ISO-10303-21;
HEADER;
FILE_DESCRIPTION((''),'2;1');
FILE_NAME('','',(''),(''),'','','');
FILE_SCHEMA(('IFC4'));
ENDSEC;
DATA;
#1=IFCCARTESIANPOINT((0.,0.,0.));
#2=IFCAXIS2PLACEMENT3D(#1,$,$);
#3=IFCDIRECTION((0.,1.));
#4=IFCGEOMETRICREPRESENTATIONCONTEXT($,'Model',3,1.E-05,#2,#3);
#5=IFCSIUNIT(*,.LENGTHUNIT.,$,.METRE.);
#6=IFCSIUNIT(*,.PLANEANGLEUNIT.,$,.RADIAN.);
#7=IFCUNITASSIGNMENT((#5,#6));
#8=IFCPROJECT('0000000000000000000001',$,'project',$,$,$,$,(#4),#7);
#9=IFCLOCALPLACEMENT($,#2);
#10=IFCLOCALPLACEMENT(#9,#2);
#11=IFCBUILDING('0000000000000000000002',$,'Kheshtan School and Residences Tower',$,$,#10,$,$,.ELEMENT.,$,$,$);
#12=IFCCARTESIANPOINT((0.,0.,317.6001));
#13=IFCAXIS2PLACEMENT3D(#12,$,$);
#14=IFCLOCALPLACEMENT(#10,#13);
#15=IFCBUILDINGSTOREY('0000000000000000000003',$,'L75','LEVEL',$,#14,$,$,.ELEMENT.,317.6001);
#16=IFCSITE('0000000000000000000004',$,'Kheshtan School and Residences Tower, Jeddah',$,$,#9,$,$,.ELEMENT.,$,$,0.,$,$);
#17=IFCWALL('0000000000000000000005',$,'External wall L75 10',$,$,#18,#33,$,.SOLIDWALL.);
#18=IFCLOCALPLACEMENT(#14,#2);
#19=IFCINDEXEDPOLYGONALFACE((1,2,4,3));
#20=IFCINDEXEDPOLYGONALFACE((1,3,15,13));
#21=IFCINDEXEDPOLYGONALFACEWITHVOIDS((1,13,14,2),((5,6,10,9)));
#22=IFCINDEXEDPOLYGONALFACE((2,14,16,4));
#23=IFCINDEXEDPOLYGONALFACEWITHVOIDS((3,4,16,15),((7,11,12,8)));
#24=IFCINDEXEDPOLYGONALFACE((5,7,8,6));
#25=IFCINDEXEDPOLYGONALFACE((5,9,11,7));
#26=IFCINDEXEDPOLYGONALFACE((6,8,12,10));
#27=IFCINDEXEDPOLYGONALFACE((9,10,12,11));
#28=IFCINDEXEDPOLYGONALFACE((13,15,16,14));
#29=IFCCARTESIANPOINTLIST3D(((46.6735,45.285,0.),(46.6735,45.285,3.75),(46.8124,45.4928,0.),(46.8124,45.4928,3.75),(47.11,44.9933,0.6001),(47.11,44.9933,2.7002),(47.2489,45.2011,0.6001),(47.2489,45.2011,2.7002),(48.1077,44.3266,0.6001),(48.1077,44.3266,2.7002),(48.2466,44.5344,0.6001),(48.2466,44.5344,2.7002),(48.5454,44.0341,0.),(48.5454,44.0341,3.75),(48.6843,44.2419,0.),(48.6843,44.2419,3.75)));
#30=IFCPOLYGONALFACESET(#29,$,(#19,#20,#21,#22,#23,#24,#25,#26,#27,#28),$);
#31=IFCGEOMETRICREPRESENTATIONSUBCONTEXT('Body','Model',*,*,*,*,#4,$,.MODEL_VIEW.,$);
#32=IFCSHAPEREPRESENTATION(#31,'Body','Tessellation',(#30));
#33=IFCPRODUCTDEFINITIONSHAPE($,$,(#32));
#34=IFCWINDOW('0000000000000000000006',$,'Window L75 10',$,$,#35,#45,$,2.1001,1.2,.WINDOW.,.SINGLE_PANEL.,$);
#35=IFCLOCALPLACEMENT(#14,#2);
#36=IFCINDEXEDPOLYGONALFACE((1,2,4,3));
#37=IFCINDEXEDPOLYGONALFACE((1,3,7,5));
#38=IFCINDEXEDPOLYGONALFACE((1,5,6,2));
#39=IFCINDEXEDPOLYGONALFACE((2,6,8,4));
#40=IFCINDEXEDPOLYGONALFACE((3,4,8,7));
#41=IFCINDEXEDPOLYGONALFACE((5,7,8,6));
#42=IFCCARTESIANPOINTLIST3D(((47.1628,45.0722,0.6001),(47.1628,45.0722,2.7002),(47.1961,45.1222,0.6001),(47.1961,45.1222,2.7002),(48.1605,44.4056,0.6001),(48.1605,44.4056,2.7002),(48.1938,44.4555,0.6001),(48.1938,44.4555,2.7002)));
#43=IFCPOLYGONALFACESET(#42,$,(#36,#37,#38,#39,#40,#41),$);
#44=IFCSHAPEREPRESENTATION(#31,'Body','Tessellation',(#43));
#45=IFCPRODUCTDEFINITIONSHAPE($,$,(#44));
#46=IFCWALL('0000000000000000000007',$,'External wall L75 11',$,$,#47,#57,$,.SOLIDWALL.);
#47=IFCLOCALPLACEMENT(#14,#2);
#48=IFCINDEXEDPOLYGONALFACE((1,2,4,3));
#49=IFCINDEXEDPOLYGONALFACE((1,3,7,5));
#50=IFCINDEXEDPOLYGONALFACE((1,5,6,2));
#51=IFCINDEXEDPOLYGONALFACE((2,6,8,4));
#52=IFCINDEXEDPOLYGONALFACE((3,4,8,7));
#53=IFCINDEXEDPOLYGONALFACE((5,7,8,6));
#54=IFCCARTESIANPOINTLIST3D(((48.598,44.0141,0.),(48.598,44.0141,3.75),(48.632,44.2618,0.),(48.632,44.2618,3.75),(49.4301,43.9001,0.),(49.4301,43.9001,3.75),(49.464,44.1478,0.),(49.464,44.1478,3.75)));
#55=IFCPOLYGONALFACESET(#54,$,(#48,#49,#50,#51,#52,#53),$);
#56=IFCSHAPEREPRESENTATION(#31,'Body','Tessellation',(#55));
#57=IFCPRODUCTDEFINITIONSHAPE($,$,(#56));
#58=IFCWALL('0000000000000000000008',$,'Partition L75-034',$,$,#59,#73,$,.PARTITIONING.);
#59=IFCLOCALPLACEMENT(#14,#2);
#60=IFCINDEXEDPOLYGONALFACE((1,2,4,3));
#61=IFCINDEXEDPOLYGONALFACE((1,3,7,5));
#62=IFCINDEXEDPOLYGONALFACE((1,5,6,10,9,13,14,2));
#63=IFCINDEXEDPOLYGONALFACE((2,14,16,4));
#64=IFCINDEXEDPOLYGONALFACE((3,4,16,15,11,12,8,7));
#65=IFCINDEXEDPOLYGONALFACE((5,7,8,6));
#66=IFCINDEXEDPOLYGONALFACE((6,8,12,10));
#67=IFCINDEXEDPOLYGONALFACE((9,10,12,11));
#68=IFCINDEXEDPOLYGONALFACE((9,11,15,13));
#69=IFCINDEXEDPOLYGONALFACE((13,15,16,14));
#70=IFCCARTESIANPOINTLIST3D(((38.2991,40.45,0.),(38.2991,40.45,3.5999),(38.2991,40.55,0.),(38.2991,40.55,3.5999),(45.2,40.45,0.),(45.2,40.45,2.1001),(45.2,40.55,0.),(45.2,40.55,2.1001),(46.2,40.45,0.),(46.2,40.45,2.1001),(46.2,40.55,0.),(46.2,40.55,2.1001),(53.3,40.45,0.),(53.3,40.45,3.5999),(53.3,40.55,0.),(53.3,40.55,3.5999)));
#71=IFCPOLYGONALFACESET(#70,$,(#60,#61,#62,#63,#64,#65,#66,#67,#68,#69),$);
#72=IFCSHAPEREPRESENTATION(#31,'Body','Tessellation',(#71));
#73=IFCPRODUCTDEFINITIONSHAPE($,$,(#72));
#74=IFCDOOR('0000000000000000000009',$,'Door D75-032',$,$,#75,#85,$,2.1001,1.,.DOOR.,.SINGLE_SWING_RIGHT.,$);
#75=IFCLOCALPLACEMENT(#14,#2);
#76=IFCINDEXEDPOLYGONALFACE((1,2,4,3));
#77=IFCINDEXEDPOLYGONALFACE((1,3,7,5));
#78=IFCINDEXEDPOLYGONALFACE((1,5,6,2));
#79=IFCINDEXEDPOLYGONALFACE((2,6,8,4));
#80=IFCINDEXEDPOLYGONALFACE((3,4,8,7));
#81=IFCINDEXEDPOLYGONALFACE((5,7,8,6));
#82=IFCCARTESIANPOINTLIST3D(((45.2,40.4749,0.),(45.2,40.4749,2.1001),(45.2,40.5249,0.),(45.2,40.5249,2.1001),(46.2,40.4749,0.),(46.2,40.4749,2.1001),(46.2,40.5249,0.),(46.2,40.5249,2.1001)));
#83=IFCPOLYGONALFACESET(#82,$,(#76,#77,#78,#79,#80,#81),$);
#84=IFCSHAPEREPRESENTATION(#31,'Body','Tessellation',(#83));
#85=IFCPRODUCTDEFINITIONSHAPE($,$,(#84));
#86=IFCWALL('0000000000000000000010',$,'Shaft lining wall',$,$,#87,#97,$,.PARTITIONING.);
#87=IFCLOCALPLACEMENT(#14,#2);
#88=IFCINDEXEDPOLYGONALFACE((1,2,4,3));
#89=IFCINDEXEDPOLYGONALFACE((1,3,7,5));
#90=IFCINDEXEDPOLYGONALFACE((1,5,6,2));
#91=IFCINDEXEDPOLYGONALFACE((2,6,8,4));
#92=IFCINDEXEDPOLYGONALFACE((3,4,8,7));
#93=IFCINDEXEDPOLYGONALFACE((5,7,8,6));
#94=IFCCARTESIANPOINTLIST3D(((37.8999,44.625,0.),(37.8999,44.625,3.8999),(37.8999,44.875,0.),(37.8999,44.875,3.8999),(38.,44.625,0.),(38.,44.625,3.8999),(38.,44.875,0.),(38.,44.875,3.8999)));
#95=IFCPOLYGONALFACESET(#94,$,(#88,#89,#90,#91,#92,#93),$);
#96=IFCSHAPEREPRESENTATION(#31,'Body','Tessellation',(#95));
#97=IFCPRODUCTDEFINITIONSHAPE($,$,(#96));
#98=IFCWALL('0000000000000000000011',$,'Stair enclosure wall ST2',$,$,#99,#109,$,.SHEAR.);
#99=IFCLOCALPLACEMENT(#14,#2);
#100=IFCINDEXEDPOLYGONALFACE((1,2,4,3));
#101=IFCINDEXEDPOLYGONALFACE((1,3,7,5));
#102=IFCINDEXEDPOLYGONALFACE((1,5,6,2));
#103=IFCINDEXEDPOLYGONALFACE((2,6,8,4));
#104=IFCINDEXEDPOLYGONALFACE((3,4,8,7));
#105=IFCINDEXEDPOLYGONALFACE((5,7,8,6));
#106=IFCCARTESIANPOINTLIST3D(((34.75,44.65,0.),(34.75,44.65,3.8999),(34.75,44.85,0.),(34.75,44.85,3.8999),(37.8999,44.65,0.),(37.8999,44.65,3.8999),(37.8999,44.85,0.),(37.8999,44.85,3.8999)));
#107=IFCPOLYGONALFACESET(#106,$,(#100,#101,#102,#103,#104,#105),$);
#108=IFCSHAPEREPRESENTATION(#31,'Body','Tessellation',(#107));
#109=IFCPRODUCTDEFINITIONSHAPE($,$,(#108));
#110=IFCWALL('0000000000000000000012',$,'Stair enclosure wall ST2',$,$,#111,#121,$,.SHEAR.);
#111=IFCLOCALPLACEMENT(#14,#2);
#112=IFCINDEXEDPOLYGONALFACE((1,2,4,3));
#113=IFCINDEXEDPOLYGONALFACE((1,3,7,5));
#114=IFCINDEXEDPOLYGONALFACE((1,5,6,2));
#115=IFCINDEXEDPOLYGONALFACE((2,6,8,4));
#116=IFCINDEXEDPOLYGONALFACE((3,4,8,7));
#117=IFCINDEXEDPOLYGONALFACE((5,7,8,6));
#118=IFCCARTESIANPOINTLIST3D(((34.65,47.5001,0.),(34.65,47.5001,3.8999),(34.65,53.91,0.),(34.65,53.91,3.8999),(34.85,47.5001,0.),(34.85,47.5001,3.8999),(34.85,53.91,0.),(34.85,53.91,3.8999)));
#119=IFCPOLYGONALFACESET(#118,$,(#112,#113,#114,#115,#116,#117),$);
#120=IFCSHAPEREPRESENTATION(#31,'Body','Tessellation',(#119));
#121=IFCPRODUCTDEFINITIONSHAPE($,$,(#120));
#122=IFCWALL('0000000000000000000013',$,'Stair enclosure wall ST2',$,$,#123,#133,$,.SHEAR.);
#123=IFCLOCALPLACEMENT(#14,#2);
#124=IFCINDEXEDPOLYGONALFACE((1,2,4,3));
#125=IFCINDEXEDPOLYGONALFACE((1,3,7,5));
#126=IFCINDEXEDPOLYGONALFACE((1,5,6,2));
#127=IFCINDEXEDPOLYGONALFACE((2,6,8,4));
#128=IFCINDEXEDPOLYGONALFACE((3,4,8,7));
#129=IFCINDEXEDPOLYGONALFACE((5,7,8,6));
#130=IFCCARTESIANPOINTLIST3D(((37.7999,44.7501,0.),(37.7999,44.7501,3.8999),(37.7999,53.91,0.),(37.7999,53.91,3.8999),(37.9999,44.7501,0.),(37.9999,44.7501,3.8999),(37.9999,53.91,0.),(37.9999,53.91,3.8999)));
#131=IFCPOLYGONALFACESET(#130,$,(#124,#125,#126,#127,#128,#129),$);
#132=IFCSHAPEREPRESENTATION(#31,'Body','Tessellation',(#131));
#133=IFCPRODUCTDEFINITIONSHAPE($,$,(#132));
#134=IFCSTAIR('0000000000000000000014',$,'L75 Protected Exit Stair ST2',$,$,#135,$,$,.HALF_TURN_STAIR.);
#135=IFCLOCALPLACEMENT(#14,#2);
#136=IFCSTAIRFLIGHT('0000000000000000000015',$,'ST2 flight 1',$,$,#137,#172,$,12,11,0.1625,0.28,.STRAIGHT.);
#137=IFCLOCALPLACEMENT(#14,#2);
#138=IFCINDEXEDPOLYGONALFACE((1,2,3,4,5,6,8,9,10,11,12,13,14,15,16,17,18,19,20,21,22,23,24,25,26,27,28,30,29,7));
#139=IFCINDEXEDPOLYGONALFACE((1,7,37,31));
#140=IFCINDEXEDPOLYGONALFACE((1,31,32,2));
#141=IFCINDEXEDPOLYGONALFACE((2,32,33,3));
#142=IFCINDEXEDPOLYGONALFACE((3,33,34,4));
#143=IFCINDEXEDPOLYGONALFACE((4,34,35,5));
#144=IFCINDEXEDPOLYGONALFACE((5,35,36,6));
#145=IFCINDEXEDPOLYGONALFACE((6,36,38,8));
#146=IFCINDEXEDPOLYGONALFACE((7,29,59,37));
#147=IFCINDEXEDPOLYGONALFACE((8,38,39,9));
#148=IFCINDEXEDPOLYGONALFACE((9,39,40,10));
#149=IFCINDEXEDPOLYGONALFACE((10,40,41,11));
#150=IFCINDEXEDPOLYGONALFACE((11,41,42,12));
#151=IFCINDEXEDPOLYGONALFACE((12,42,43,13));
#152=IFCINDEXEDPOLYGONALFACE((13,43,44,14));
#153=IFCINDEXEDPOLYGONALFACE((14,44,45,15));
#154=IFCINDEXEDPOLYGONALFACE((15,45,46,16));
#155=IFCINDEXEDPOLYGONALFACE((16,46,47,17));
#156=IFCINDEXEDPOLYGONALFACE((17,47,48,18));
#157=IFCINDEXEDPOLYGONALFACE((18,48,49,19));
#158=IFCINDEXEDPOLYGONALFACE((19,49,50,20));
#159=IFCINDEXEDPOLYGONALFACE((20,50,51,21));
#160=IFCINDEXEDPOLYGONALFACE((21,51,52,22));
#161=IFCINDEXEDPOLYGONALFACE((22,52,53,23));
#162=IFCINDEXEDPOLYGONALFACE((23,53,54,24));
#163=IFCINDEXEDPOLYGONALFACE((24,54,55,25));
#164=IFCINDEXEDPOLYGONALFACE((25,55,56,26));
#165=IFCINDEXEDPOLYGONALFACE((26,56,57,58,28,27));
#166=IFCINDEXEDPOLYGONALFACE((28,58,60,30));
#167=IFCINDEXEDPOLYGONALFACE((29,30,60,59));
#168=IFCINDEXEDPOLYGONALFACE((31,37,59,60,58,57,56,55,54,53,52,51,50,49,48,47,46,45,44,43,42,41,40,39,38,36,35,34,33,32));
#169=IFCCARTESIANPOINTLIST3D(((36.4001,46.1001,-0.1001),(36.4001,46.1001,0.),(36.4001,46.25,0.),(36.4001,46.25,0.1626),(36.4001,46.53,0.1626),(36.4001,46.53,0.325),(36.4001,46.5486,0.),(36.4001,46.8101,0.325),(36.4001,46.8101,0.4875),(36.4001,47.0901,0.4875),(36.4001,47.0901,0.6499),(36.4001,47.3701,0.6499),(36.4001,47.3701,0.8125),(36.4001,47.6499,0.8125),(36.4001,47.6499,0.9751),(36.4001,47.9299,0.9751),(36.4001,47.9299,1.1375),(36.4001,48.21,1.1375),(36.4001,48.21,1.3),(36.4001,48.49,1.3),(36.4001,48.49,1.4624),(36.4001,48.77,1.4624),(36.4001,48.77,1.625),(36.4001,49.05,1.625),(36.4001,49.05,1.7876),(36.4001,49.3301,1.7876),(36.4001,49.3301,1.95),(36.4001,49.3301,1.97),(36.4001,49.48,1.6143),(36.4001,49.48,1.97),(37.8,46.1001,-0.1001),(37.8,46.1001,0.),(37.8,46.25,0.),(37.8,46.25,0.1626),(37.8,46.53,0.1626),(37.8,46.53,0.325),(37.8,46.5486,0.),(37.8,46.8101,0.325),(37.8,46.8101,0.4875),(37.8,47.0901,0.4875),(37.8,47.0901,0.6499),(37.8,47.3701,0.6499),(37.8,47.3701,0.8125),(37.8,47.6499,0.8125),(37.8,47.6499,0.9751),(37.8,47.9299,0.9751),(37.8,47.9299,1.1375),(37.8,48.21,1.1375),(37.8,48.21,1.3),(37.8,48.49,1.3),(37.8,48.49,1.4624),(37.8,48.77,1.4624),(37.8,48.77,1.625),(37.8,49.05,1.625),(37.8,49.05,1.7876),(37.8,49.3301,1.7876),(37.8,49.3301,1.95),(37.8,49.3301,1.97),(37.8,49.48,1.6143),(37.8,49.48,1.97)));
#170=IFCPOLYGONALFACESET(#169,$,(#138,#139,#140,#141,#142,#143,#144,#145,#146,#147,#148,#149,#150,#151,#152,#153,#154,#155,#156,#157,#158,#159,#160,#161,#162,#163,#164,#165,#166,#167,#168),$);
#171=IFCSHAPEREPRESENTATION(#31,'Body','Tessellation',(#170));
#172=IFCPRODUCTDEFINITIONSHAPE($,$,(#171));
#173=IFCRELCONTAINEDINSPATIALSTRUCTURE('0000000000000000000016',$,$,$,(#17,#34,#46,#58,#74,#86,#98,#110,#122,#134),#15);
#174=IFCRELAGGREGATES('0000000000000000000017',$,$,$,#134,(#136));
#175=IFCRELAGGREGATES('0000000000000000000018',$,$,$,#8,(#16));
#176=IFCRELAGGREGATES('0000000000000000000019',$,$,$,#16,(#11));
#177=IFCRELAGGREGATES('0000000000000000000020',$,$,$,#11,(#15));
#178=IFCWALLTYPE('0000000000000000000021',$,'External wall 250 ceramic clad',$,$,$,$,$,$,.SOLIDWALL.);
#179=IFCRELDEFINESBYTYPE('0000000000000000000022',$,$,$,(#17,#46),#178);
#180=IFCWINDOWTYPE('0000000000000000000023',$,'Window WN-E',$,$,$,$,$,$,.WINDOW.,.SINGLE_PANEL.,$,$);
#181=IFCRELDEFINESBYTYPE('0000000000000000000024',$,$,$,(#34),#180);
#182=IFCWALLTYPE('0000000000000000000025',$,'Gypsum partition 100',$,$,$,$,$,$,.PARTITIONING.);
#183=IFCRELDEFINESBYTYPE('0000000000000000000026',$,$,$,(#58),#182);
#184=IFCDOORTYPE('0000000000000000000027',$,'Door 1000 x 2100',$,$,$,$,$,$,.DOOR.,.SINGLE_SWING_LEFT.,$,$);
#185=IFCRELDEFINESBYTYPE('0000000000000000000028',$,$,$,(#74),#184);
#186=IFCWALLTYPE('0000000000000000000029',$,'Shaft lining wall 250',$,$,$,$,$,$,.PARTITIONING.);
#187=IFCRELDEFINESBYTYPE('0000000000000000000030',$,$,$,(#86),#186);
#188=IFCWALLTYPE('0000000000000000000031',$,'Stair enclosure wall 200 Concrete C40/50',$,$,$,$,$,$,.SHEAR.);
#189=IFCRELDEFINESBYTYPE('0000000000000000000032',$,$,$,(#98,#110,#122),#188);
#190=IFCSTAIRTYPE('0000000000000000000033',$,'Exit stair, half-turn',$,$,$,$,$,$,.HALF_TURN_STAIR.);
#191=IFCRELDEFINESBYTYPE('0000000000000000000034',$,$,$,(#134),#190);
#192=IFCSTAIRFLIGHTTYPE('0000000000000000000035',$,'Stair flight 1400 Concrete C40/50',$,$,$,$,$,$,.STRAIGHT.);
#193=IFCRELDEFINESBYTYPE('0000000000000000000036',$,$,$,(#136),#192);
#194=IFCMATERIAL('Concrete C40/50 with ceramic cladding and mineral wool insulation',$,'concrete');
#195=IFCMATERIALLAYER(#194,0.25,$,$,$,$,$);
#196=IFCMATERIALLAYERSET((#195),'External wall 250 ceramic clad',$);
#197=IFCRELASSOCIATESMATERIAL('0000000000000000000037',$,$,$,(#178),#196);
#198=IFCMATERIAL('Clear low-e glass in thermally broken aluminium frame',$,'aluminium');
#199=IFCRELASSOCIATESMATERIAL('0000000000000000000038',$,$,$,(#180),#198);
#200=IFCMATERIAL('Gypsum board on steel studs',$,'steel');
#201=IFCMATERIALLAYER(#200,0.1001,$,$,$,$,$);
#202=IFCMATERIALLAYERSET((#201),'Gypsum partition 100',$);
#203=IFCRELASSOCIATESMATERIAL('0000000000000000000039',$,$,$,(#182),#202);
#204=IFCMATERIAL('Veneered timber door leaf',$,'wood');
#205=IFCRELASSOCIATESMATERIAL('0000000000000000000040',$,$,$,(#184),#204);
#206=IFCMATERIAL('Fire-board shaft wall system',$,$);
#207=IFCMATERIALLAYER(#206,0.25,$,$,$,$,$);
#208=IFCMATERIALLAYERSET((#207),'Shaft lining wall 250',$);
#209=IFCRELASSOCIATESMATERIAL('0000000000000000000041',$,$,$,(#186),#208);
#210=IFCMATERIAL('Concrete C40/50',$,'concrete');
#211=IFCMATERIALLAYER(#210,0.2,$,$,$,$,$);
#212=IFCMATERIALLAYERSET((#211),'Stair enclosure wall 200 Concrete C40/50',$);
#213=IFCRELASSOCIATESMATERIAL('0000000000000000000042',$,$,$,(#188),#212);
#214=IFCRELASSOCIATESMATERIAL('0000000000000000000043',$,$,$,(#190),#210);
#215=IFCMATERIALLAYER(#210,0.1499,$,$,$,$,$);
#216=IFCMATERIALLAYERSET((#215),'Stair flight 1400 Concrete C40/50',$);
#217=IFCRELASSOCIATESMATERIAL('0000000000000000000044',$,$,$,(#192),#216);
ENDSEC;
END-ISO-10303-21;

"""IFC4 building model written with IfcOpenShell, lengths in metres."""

from ifc_helpers import new_model, si_unit, direction, frame, frame_2d, origin, place, context, subcontext, project, spatial, polyline, rectangle, outline, extrude, source, transform, mapped, material, layer, layer_set, type_object, element, fill, aggregate, save


model = new_model("IFC4")

# Units and contexts
model_context = context("Model", 3, precision=1e-05, world=origin(), true_north=direction((0.0, 1.0)))
body_context = subcontext(model_context, "Body", "Model", "MODEL_VIEW")
ifc_project = project(units=[si_unit("LENGTHUNIT", "METRE"), si_unit("PLANEANGLEUNIT", "RADIAN")], contexts=[model_context])

# Site, building, storey
site_placement = place(None, origin())
site = spatial("IfcSite", under=ifc_project, at=site_placement, Name="Kheshtan School and Residences Tower, Jeddah", CompositionType="ELEMENT", RefElevation=0.0)
building_placement = place(site_placement, origin())
building = spatial("IfcBuilding", under=site, at=building_placement, Name="Kheshtan School and Residences Tower", CompositionType="ELEMENT")
storey_placement = place(building_placement, frame((0.0, 0.0, 317.6001)))
storey = spatial("IfcBuildingStorey", under=building, at=storey_placement, Name="L75", Description="LEVEL", CompositionType="ELEMENT", Elevation=317.6001)

# Shared definitions
ifc_material_1 = material(Name="Clear low-e glass in thermally broken aluminium frame", Category="aluminium")

# Wall, opening, window
ifc_material_2 = material(Name="Concrete C40/50 with ceramic cladding and mineral wool insulation", Category="concrete")
ifc_layer_1 = layer(ifc_material_2, 0.25)
ifc_layer_set_1 = layer_set([ifc_layer_1], Name="External wall 250 ceramic clad")
wall_type_1 = type_object("IfcWallType", Name="External wall 250 ceramic clad", PredefinedType="SOLIDWALL", material=ifc_layer_set_1)
window_type = type_object("IfcWindowType", Name="Window WN-E", PartitioningType="SINGLE_PANEL", PredefinedType="WINDOW", material=ifc_material_1)
shared_shape_1 = source(origin(), body_context, "Body", "SweptSolid", [
    extrude(rectangle(XDim=1.2, YDim=2.1001, at=frame_2d((0.6001, 1.05))), frame((0.0, 0.03, 0.0), z_axis=(0.0, -1.0, 0.0), x_axis=(1.0, 0.0, 0.0)), (0.0, 0.0, 1.0), 0.0601),
])
wall_1_placement = place(storey_placement, frame((46.7429, 45.3889, 0.0), z_axis=(0.0, 0.0, 1.0), x_axis=(0.831449, -0.555601, 0.0)))
wall_1 = element("IfcWall", 1, at=wall_1_placement, inside=storey, type_object=wall_type_1, Name="External wall L75 10", PredefinedType="SOLIDWALL", context=body_context, shape_type="SweptSolid", body=[
    extrude(rectangle(XDim=2.2515, YDim=0.25, at=frame_2d((1.1257, 0.0))), origin(), (0.0, 0.0, 1.0), 3.75),
])
opening_1_placement = place(wall_1_placement, frame((0.5249, 0.0, 0.6001)))
opening_1 = element("IfcOpeningElement", 2, at=opening_1_placement, cuts=wall_1, PredefinedType="OPENING", context=body_context, shape_type="SweptSolid", body=[
    extrude(rectangle(XDim=1.2, YDim=2.1001, at=frame_2d((0.6001, 1.05))), frame((0.0, 0.135, 0.0), z_axis=(0.0, -1.0, 0.0), x_axis=(1.0, 0.0, 0.0)), (0.0, 0.0, 1.0), 0.27),
])
window_1_placement = place(opening_1_placement, origin())
window_1 = element("IfcWindow", 3, at=window_1_placement, inside=storey, type_object=window_type, Name="Window L75 10", OverallHeight=2.1001, OverallWidth=1.2, PartitioningType="SINGLE_PANEL", PredefinedType="WINDOW", context=body_context, shape_type="MappedRepresentation", body=[
    mapped(shared_shape_1, transform((0.0, 0.0, 0.0), x_axis=(1.0, 0.0, 0.0), y_axis=(0.0, 1.0, 0.0), z_axis=(0.0, 0.0, 1.0), scale=1.0)),
])
fill(opening_1, window_1)

# Wall
wall_2_placement = place(storey_placement, frame((48.615, 44.1379, 0.0), z_axis=(0.0, 0.0, 1.0), x_axis=(0.990742, -0.135762, 0.0)))
element("IfcWall", 4, at=wall_2_placement, inside=storey, type_object=wall_type_1, Name="External wall L75 11", PredefinedType="SOLIDWALL", context=body_context, shape_type="SweptSolid", body=[
    extrude(rectangle(XDim=0.8398, YDim=0.25, at=frame_2d((0.4199, 0.0))), origin(), (0.0, 0.0, 1.0), 3.75),
])

# Wall, opening, door
ifc_material_3 = material(Name="Gypsum board on steel studs", Category="steel")
ifc_layer_2 = layer(ifc_material_3, 0.1001)
ifc_layer_set_2 = layer_set([ifc_layer_2], Name="Gypsum partition 100")
wall_type_2 = type_object("IfcWallType", Name="Gypsum partition 100", PredefinedType="PARTITIONING", material=ifc_layer_set_2)
wall_3_placement = place(storey_placement, frame((38.2991, 40.5, 0.0), z_axis=(0.0, 0.0, 1.0), x_axis=(1.0, 0.0, 0.0)))
wall_3 = element("IfcWall", 5, at=wall_3_placement, inside=storey, type_object=wall_type_2, Name="Partition L75-034", PredefinedType="PARTITIONING", context=body_context, shape_type="SweptSolid", body=[
    extrude(rectangle(XDim=15.001, YDim=0.1001, at=frame_2d((7.5005, 0.0))), origin(), (0.0, 0.0, 1.0), 3.5999),
])
opening_2_placement = place(wall_3_placement, frame((6.9009, 0.0, 0.0)))
opening_2 = element("IfcOpeningElement", 6, at=opening_2_placement, cuts=wall_3, PredefinedType="OPENING", context=body_context, shape_type="SweptSolid", body=[
    extrude(rectangle(XDim=1.0, YDim=2.1001, at=frame_2d((0.5, 1.05))), frame((0.0, 0.0601, 0.0), z_axis=(0.0, -1.0, 0.0), x_axis=(1.0, 0.0, 0.0)), (0.0, 0.0, 1.0), 0.1201),
])
ifc_material_4 = material(Name="Veneered timber door leaf", Category="wood")
door_type = type_object("IfcDoorType", Name="Door 1000 x 2100", OperationType="SINGLE_SWING_LEFT", PredefinedType="DOOR", material=ifc_material_4)
shared_shape_2 = source(origin(), body_context, "Body", "SweptSolid", [
    extrude(rectangle(XDim=1.0, YDim=2.1001, at=frame_2d((0.5, 1.05))), frame((0.0, 0.0249, 0.0), z_axis=(0.0, -1.0, 0.0), x_axis=(1.0, 0.0, 0.0)), (0.0, 0.0, 1.0), 0.05),
])
door_placement = place(opening_2_placement, origin())
door = element("IfcDoor", 7, at=door_placement, inside=storey, type_object=door_type, Name="Door D75-032", OperationType="SINGLE_SWING_RIGHT", OverallHeight=2.1001, OverallWidth=1.0, PredefinedType="DOOR", context=body_context, shape_type="MappedRepresentation", body=[
    mapped(shared_shape_2, transform((0.0, 0.0, 0.0), x_axis=(1.0, 0.0, 0.0), y_axis=(0.0, 1.0, 0.0), z_axis=(0.0, 0.0, 1.0), scale=1.0)),
])
fill(opening_2, door)

# Walls
ifc_material_5 = material(Name="Fire-board shaft wall system")
ifc_layer_3 = layer(ifc_material_5, 0.25)
ifc_layer_set_3 = layer_set([ifc_layer_3], Name="Shaft lining wall 250")
wall_type_3 = type_object("IfcWallType", Name="Shaft lining wall 250", PredefinedType="PARTITIONING", material=ifc_layer_set_3)
wall_4_placement = place(storey_placement, frame((37.8999, 44.75, 0.0), z_axis=(0.0, 0.0, 1.0), x_axis=(1.0, 0.0, 0.0)))
element("IfcWall", 8, at=wall_4_placement, inside=storey, type_object=wall_type_3, Name="Shaft lining wall", PredefinedType="PARTITIONING", context=body_context, shape_type="SweptSolid", body=[
    extrude(rectangle(XDim=0.1001, YDim=0.25, at=frame_2d((0.05, 0.0))), origin(), (0.0, 0.0, 1.0), 3.8999),
])
ifc_material_6 = material(Name="Concrete C40/50", Category="concrete")
ifc_layer_4 = layer(ifc_material_6, 0.2)
ifc_layer_set_4 = layer_set([ifc_layer_4], Name="Stair enclosure wall 200 Concrete C40/50")
wall_type_4 = type_object("IfcWallType", Name="Stair enclosure wall 200 Concrete C40/50", PredefinedType="SHEAR", material=ifc_layer_set_4)
wall_5_placement = place(storey_placement, frame((34.75, 44.75, 0.0), z_axis=(0.0, 0.0, 1.0), x_axis=(1.0, 0.0, 0.0)))
element("IfcWall", 9, at=wall_5_placement, inside=storey, type_object=wall_type_4, Name="Stair enclosure wall ST2", PredefinedType="SHEAR", context=body_context, shape_type="SweptSolid", body=[
    extrude(rectangle(XDim=3.1499, YDim=0.2, at=frame_2d((1.575, 0.0))), origin(), (0.0, 0.0, 1.0), 3.8999),
])
wall_6_placement = place(storey_placement, frame((34.75, 47.5, 0.0), z_axis=(0.0, 0.0, 1.0), x_axis=(0.0, 1.0, 0.0)))
element("IfcWall", 10, at=wall_6_placement, inside=storey, type_object=wall_type_4, Name="Stair enclosure wall ST2", PredefinedType="SHEAR", context=body_context, shape_type="SweptSolid", body=[
    extrude(rectangle(XDim=6.4099, YDim=0.2, at=frame_2d((3.2051, 0.0))), origin(), (0.0, 0.0, 1.0), 3.8999),
])
wall_7_placement = place(storey_placement, frame((37.8999, 44.75, 0.0), z_axis=(0.0, 0.0, 1.0), x_axis=(0.0, 1.0, 0.0)))
element("IfcWall", 11, at=wall_7_placement, inside=storey, type_object=wall_type_4, Name="Stair enclosure wall ST2", PredefinedType="SHEAR", context=body_context, shape_type="SweptSolid", body=[
    extrude(rectangle(XDim=9.1599, YDim=0.2, at=frame_2d((4.5801, 0.0))), origin(), (0.0, 0.0, 1.0), 3.8999),
])

# Stair, stair flight
stair_type = type_object("IfcStairType", Name="Exit stair, half-turn", PredefinedType="HALF_TURN_STAIR", material=ifc_material_6)
stair_placement = place(storey_placement, origin())
stair = element("IfcStair", 12, at=stair_placement, inside=storey, type_object=stair_type, Name="L75 Protected Exit Stair ST2", PredefinedType="HALF_TURN_STAIR")
ifc_layer_5 = layer(ifc_material_6, 0.1499)
ifc_layer_set_5 = layer_set([ifc_layer_5], Name="Stair flight 1400 Concrete C40/50")
stair_flight_type = type_object("IfcStairFlightType", Name="Stair flight 1400 Concrete C40/50", PredefinedType="STRAIGHT", material=ifc_layer_set_5)
stair_flight_1_placement = place(storey_placement, frame((37.1001, 46.25, 0.0), z_axis=(0.0, 0.0, 1.0), x_axis=(0.0, 1.0, 0.0)))
stair_flight_1 = element("IfcStairFlight", 13, at=stair_flight_1_placement, type_object=stair_flight_type, Name="ST2 flight 1", NumberOfRisers=12, NumberOfTreads=11, PredefinedType="STRAIGHT", RiserHeight=0.1625, TreadLength=0.28, context=body_context, shape_type="SweptSolid", body=[
    extrude(outline(polyline([(-0.1499, -0.1001), (-0.1499, 0.0), (0.0, 0.0), (0.0, 0.1626), (0.28, 0.1626), (0.28, 0.325), (0.5601, 0.325), (0.5601, 0.4875), (0.8401, 0.4875), (0.8401, 0.6499), (1.1201, 0.6499), (1.1201, 0.8125), (1.3999, 0.8125), (1.3999, 0.9751), (1.6799, 0.9751), (1.6799, 1.1375), (1.96, 1.1375), (1.96, 1.3), (2.24, 1.3), (2.24, 1.4624), (2.52, 1.4624), (2.52, 1.625), (2.8, 1.625), (2.8, 1.7876), (3.0801, 1.7876), (3.0801, 1.95), (3.0801, 1.97), (3.23, 1.97), (3.23, 1.6143), (0.2986, 0.0), (-0.1499, -0.1001)])), frame((0.0, 0.7, 0.0), z_axis=(0.0, -1.0, 0.0), x_axis=(1.0, 0.0, 0.0)), (0.0, 0.0, 1.0), 1.3999),
])
aggregate(stair, [stair_flight_1])

save(model, "model.ifc")
